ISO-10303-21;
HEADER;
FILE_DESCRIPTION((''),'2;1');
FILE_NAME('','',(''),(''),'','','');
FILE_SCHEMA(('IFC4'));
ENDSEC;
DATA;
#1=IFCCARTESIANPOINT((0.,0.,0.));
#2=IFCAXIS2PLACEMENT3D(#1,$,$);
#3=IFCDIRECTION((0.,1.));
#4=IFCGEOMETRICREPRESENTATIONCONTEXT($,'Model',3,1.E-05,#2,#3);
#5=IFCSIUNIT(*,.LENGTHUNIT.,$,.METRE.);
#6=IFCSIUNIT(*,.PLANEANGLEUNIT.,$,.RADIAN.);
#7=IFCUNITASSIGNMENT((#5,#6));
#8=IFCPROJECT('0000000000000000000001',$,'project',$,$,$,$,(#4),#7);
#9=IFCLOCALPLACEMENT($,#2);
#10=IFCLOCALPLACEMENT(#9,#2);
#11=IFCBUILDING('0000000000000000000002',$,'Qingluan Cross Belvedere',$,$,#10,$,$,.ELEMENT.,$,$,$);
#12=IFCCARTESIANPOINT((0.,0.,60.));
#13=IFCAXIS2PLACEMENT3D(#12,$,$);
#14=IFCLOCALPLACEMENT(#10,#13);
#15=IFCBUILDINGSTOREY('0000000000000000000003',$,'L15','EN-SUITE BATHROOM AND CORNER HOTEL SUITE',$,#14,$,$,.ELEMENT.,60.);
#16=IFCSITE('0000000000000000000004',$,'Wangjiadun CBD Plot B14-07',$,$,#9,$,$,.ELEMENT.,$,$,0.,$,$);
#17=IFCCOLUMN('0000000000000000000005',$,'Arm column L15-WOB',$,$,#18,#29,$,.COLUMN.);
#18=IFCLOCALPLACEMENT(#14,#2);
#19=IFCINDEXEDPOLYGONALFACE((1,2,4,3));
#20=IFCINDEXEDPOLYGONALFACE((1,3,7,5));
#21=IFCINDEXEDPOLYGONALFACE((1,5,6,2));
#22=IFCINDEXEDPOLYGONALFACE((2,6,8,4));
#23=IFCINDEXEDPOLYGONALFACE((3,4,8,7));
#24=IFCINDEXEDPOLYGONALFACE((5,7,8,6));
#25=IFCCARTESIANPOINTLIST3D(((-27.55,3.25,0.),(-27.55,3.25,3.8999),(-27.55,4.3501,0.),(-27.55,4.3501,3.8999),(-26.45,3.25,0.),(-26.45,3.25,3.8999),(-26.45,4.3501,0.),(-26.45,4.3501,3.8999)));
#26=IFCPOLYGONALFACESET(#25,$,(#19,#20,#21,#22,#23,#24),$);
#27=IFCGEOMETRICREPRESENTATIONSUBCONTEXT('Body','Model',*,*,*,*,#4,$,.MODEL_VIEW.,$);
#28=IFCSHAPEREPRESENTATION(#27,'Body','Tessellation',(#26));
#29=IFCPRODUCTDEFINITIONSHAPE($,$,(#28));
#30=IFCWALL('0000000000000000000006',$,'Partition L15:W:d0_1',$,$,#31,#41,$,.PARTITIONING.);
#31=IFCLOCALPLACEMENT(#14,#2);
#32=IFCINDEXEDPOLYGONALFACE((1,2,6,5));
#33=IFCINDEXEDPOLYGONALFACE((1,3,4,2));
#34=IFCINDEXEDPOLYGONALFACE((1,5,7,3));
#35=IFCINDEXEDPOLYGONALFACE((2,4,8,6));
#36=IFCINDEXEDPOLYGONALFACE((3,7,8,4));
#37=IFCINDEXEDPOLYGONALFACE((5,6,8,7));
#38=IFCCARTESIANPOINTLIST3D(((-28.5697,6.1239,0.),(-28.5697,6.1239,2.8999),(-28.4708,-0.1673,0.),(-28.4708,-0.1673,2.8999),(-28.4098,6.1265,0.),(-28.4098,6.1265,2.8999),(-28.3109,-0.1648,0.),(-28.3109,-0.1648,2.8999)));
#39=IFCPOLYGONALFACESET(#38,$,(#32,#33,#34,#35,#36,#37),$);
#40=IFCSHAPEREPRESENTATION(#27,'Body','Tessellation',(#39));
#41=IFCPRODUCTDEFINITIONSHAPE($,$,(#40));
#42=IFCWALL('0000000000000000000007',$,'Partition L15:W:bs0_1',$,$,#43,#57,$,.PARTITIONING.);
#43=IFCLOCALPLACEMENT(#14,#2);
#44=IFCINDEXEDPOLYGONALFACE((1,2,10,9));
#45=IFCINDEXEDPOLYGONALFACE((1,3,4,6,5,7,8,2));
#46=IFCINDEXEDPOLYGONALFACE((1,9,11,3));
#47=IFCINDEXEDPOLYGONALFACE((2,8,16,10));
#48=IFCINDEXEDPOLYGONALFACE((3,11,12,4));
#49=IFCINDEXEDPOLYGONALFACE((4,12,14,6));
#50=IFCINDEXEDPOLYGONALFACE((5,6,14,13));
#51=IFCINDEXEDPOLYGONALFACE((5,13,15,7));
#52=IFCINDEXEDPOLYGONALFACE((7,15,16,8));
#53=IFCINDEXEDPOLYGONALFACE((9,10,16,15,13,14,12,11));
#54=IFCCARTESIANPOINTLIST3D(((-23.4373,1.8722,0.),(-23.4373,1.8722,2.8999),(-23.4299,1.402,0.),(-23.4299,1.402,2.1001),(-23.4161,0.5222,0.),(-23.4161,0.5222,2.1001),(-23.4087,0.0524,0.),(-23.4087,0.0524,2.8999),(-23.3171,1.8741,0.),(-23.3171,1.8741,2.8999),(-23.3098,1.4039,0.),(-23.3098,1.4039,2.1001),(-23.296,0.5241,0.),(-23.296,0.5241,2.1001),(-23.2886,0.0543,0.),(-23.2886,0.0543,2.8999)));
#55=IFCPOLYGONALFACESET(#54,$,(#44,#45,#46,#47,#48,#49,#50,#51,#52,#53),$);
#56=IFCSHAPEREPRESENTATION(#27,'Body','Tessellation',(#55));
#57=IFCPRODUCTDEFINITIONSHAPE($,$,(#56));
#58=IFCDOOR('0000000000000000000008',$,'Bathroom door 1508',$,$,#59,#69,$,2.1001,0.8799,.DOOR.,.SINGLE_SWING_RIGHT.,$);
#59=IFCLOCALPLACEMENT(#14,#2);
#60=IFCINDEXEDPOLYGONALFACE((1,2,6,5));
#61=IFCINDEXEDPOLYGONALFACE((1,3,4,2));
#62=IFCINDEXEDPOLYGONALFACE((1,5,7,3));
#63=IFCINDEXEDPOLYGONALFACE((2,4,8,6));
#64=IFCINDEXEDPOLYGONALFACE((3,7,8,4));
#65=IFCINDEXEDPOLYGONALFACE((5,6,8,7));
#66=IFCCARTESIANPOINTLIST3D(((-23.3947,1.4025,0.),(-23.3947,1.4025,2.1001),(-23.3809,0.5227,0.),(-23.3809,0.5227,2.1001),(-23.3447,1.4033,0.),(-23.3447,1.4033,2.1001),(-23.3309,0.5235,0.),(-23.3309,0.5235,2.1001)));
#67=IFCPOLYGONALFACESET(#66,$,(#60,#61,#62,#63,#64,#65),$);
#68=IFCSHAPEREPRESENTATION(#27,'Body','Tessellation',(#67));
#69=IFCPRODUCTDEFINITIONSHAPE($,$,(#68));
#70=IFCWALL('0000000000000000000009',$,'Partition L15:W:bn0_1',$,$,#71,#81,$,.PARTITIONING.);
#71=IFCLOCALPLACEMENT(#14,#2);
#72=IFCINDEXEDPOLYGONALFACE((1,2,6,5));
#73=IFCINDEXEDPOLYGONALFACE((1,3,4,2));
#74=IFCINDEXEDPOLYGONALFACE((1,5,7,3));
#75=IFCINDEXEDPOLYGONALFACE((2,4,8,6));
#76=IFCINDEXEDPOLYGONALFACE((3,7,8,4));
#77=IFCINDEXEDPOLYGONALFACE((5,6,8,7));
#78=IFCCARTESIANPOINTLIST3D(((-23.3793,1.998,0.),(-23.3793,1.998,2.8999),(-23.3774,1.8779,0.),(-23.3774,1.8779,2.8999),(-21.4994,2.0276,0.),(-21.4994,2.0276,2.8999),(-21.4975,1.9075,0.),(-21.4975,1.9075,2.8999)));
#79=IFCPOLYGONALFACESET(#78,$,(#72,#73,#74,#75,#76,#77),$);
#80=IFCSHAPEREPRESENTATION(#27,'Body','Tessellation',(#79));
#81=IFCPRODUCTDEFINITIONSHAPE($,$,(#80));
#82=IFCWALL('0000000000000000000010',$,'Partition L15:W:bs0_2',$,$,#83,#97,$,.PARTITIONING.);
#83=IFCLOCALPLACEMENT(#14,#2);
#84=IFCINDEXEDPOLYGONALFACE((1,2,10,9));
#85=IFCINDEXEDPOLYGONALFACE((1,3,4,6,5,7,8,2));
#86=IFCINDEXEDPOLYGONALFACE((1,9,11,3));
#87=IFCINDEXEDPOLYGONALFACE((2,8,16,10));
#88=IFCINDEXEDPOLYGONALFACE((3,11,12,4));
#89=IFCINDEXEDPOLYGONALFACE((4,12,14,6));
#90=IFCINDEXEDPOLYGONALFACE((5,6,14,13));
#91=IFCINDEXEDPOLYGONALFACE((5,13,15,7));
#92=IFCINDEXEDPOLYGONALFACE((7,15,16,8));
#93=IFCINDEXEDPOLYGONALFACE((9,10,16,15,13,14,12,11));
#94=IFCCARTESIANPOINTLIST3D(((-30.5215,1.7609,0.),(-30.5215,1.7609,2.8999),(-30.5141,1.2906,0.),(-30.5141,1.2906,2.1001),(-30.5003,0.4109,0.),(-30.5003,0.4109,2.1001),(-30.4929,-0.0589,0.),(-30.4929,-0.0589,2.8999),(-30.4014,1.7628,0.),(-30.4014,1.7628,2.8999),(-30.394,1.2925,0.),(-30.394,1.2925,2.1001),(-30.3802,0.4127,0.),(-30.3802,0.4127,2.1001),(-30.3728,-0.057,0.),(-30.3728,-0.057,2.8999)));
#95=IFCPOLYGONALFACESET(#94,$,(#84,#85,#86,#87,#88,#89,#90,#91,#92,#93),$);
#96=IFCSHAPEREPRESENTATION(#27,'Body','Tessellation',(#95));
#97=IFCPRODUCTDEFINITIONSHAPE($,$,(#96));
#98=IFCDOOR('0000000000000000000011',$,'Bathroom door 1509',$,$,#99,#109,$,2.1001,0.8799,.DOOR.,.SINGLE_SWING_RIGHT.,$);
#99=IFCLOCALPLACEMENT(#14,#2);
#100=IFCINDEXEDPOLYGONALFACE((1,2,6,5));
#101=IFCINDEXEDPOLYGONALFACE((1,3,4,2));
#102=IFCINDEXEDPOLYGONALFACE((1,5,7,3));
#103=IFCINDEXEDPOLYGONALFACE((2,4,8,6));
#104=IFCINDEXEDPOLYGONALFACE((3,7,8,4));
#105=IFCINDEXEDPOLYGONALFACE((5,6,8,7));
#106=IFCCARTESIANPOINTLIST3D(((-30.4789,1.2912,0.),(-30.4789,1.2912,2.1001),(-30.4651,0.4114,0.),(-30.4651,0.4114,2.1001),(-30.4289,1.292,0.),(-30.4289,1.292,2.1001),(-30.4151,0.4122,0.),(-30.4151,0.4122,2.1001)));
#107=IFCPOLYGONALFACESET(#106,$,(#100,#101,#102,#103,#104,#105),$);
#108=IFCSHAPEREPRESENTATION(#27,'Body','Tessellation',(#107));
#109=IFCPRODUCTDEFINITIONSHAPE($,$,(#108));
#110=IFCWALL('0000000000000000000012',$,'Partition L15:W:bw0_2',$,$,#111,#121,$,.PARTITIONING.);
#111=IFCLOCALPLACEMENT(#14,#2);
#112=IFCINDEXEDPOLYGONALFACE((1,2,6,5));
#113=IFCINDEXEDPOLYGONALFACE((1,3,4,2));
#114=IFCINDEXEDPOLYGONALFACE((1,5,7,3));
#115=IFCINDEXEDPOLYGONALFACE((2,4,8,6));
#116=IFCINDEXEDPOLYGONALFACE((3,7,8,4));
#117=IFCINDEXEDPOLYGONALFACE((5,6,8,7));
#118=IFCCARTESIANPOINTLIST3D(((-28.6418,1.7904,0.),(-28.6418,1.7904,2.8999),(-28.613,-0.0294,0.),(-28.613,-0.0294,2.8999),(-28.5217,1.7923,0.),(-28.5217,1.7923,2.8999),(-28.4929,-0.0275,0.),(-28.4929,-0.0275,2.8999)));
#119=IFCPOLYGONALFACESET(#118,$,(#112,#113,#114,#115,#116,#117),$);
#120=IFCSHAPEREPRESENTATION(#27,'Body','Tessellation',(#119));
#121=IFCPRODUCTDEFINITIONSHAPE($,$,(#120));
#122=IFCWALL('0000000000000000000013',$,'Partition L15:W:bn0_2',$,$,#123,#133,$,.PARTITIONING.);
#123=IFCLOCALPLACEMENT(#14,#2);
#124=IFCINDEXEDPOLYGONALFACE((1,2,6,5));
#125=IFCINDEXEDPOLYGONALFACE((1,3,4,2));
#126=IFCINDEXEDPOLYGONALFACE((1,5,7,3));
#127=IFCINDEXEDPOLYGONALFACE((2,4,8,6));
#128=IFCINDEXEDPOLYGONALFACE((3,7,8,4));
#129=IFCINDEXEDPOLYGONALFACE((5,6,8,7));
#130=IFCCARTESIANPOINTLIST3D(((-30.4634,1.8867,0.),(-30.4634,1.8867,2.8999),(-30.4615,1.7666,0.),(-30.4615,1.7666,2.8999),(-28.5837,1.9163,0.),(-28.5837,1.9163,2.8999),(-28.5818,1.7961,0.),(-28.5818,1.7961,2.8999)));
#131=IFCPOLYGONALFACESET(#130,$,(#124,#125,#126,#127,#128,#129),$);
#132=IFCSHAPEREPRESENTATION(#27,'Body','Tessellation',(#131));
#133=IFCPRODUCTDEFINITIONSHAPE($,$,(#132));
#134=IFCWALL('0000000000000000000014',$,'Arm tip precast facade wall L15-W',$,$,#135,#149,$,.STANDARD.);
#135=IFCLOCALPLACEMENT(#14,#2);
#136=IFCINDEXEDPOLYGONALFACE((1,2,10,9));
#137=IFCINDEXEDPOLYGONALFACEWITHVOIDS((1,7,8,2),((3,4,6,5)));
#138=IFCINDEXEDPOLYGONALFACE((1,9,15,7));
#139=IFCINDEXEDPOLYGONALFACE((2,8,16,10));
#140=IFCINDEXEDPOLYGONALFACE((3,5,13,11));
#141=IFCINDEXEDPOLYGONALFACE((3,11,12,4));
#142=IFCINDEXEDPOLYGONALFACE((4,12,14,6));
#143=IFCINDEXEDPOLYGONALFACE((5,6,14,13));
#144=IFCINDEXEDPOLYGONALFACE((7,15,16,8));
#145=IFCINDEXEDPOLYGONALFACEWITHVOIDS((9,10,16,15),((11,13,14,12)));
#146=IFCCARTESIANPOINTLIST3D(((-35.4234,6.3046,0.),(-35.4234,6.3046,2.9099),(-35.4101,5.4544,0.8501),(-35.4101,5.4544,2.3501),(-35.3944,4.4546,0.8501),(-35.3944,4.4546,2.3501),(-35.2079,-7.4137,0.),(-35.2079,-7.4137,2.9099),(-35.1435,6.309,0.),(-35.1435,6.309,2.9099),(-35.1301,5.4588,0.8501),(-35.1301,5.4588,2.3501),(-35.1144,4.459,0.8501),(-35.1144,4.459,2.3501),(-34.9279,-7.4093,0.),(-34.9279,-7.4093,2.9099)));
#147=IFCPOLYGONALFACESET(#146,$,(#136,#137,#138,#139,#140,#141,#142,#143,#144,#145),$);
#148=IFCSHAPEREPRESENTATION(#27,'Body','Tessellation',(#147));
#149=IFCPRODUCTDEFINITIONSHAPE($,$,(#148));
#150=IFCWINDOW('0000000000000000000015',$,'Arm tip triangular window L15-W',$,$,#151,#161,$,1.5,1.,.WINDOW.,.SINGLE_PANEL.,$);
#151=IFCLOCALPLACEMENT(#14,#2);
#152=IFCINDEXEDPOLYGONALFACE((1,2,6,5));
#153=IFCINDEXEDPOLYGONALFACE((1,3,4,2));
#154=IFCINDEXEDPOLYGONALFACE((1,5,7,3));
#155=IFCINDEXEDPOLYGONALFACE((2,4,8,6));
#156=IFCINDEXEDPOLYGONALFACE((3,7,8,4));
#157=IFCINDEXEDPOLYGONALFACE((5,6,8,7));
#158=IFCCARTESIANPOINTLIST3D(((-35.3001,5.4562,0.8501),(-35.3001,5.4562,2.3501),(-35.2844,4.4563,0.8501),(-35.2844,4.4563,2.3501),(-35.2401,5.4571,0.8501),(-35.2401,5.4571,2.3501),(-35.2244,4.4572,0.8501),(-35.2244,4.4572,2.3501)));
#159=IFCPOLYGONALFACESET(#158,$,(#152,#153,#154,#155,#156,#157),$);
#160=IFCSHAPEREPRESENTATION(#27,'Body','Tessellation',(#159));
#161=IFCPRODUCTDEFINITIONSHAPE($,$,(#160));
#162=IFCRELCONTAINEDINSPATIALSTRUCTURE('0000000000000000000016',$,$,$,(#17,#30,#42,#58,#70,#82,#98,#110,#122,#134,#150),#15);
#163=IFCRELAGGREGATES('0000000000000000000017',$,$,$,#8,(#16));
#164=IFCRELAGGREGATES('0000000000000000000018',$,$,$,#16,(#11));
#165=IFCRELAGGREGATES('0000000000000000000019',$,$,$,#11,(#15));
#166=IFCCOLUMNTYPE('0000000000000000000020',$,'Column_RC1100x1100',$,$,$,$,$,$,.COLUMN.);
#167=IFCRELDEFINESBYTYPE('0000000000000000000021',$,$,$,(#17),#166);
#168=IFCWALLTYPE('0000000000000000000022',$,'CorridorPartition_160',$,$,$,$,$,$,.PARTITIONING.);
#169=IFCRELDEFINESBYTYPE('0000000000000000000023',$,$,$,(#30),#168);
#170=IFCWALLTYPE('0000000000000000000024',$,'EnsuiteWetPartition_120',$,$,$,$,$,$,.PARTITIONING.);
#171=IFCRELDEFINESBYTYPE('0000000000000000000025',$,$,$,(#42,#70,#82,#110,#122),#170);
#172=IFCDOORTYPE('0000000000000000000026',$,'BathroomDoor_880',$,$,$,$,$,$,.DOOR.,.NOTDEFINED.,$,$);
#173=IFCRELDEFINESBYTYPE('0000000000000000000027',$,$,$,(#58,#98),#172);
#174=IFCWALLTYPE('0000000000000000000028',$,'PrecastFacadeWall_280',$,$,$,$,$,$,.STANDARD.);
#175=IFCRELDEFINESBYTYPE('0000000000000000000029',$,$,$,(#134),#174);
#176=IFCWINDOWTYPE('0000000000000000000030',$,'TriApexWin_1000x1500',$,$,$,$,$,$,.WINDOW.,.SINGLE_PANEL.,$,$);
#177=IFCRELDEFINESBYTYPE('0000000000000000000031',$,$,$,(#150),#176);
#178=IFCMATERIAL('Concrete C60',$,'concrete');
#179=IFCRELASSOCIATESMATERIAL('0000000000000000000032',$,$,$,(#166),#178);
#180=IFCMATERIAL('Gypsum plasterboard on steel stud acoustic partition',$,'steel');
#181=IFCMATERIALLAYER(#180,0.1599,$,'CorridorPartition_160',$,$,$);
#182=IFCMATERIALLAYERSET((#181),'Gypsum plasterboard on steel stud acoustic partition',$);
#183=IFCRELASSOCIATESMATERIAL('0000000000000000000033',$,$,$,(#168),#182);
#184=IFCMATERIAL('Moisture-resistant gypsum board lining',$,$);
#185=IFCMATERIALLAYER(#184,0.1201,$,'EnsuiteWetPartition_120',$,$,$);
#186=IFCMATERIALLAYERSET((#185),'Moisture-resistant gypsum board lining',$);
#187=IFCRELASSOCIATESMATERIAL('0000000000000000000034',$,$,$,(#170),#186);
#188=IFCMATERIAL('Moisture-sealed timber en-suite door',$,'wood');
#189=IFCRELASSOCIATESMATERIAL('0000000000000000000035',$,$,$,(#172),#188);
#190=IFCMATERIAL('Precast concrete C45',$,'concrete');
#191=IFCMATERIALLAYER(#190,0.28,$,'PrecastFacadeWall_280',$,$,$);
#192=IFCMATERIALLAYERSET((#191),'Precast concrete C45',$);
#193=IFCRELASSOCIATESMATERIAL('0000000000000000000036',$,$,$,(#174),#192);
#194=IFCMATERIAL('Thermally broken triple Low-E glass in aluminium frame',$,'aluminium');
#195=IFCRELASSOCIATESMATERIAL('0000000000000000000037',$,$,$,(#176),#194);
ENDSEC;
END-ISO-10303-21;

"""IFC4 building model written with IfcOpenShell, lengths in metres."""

from ifc_helpers import new_model, si_unit, direction, frame, frame_2d, origin, origin_2d, place, context, subcontext, project, spatial, rectangle, extrude, material, layer, layer_set, material_profile, profile_set, type_object, element, fill, save


model = new_model("IFC4")

# Units and contexts
model_context = context("Model", 3, precision=1e-05, world=origin(), true_north=direction((0.0, 1.0)))
body_context = subcontext(model_context, "Body", "Model", "MODEL_VIEW")
ifc_project = project(units=[si_unit("LENGTHUNIT", "METRE"), si_unit("PLANEANGLEUNIT", "RADIAN")], contexts=[model_context])

# Site, building, storey
site_placement = place(None, origin())
site = spatial("IfcSite", under=ifc_project, at=site_placement, Name="Wangjiadun CBD Plot B14-07", CompositionType="ELEMENT", RefElevation=0.0)
building_placement = place(site_placement, origin())
building = spatial("IfcBuilding", under=site, at=building_placement, Name="Qingluan Cross Belvedere", CompositionType="ELEMENT")
storey_placement = place(building_placement, frame((0.0, 0.0, 60.0)))
storey = spatial("IfcBuildingStorey", under=building, at=storey_placement, Name="L15", Description="EN-SUITE BATHROOM AND CORNER HOTEL SUITE", CompositionType="ELEMENT", Elevation=60.0)

# Column
ifc_material_1 = material(Name="Concrete C60", Category="concrete")
ifc_material_profile = material_profile(ifc_material_1, rectangle(XDim=1.1001, YDim=1.1001, at=origin_2d()), Name="RC1100x1100")
ifc_profile_set = profile_set([ifc_material_profile], Name="Concrete C60")
column_type = type_object("IfcColumnType", Name="Column_RC1100x1100", PredefinedType="COLUMN", material=ifc_profile_set)
column_placement = place(storey_placement, frame((-27.0, 3.8, 0.0), z_axis=(0.0, 0.0, 1.0), x_axis=(1.0, 0.0, 0.0)))
element("IfcColumn", 1, at=column_placement, inside=storey, type_object=column_type, Name="Arm column L15-WOB", PredefinedType="COLUMN", context=body_context, shape_type="SweptSolid", body=[
    extrude(rectangle(XDim=1.1001, YDim=1.1001, at=origin_2d()), origin(), (0.0, 0.0, 1.0), 3.8999),
])

# Wall
ifc_material_2 = material(Name="Gypsum plasterboard on steel stud acoustic partition", Category="steel")
ifc_layer_1 = layer(ifc_material_2, 0.1599, Name="CorridorPartition_160")
ifc_layer_set_1 = layer_set([ifc_layer_1], Name="Gypsum plasterboard on steel stud acoustic partition")
wall_type_1 = type_object("IfcWallType", Name="CorridorPartition_160", PredefinedType="PARTITIONING", material=ifc_layer_set_1)
wall_1_placement = place(storey_placement, frame((-28.3909, -0.166, 0.0), z_axis=(0.0, 0.0, 1.0), x_axis=(-0.015715, 0.999877, 0.0)))
element("IfcWall", 2, at=wall_1_placement, inside=storey, type_object=wall_type_1, Name="Partition L15:W:d0_1", PredefinedType="PARTITIONING", context=body_context, shape_type="SweptSolid", body=[
    extrude(rectangle(XDim=6.292, YDim=0.1599, at=frame_2d((3.146, 0.0))), origin(), (0.0, 0.0, 1.0), 2.8999),
])

# Wall, opening, door
ifc_material_3 = material(Name="Moisture-resistant gypsum board lining")
ifc_layer_2 = layer(ifc_material_3, 0.1201, Name="EnsuiteWetPartition_120")
ifc_layer_set_2 = layer_set([ifc_layer_2], Name="Moisture-resistant gypsum board lining")
wall_type_2 = type_object("IfcWallType", Name="EnsuiteWetPartition_120", PredefinedType="PARTITIONING", material=ifc_layer_set_2)
wall_2_placement = place(storey_placement, frame((-23.3486, 0.0532, 0.0), z_axis=(0.0, 0.0, 1.0), x_axis=(-0.015694, 0.999877, 0.0)))
wall_2 = element("IfcWall", 3, at=wall_2_placement, inside=storey, type_object=wall_type_2, Name="Partition L15:W:bs0_1", PredefinedType="PARTITIONING", context=body_context, shape_type="SweptSolid", body=[
    extrude(rectangle(XDim=1.8201, YDim=0.1201, at=frame_2d((0.9102, 0.0))), origin(), (0.0, 0.0, 1.0), 2.8999),
])
opening_1_placement = place(wall_2_placement, frame((0.47, 0.0, 0.0)))
opening_1 = element("IfcOpeningElement", 4, at=opening_1_placement, cuts=wall_2, PredefinedType="OPENING", context=body_context, shape_type="SweptSolid", body=[
    extrude(rectangle(XDim=0.8799, YDim=2.1001, at=frame_2d((0.4399, 1.05))), frame((0.0, 0.0701, 0.0), z_axis=(0.0, -1.0, 0.0), x_axis=(1.0, 0.0, 0.0)), (0.0, 0.0, 1.0), 0.1401),
])
ifc_material_4 = material(Name="Moisture-sealed timber en-suite door", Category="wood")
door_type = type_object("IfcDoorType", Name="BathroomDoor_880", OperationType="NOTDEFINED", PredefinedType="DOOR", material=ifc_material_4)
door_1_placement = place(opening_1_placement, origin())
door_1 = element("IfcDoor", 5, at=door_1_placement, inside=storey, type_object=door_type, Name="Bathroom door 1508", OperationType="SINGLE_SWING_RIGHT", OverallHeight=2.1001, OverallWidth=0.8799, PredefinedType="DOOR", context=body_context, shape_type="SweptSolid", body=[
    extrude(rectangle(XDim=0.8799, YDim=2.1001, at=frame_2d((0.4399, 1.05))), frame((0.0, 0.0249, 0.0), z_axis=(0.0, -1.0, 0.0), x_axis=(1.0, 0.0, 0.0)), (0.0, 0.0, 1.0), 0.05),
])
fill(opening_1, door_1)

# Wall
wall_3_placement = place(storey_placement, frame((-21.4985, 1.9675, 0.0), z_axis=(0.0, 0.0, 1.0), x_axis=(-0.999877, -0.015712, 0.0)))
element("IfcWall", 6, at=wall_3_placement, inside=storey, type_object=wall_type_2, Name="Partition L15:W:bn0_1", PredefinedType="PARTITIONING", context=body_context, shape_type="SweptSolid", body=[
    extrude(rectangle(XDim=1.8801, YDim=0.1201, at=frame_2d((0.9399, 0.0))), origin(), (0.0, 0.0, 1.0), 2.8999),
])

# Wall, opening, door
wall_4_placement = place(storey_placement, frame((-30.4329, -0.0581, 0.0), z_axis=(0.0, 0.0, 1.0), x_axis=(-0.015694, 0.999877, 0.0)))
wall_4 = element("IfcWall", 7, at=wall_4_placement, inside=storey, type_object=wall_type_2, Name="Partition L15:W:bs0_2", PredefinedType="PARTITIONING", context=body_context, shape_type="SweptSolid", body=[
    extrude(rectangle(XDim=1.8201, YDim=0.1201, at=frame_2d((0.9102, 0.0))), origin(), (0.0, 0.0, 1.0), 2.8999),
])
opening_2_placement = place(wall_4_placement, frame((0.47, 0.0, 0.0)))
opening_2 = element("IfcOpeningElement", 8, at=opening_2_placement, cuts=wall_4, PredefinedType="OPENING", context=body_context, shape_type="SweptSolid", body=[
    extrude(rectangle(XDim=0.8799, YDim=2.1001, at=frame_2d((0.4399, 1.05))), frame((0.0, 0.0701, 0.0), z_axis=(0.0, -1.0, 0.0), x_axis=(1.0, 0.0, 0.0)), (0.0, 0.0, 1.0), 0.1401),
])
door_2_placement = place(opening_2_placement, origin())
door_2 = element("IfcDoor", 9, at=door_2_placement, inside=storey, type_object=door_type, Name="Bathroom door 1509", OperationType="SINGLE_SWING_RIGHT", OverallHeight=2.1001, OverallWidth=0.8799, PredefinedType="DOOR", context=body_context, shape_type="SweptSolid", body=[
    extrude(rectangle(XDim=0.8799, YDim=2.1001, at=frame_2d((0.4399, 1.05))), frame((0.0, 0.0249, 0.0), z_axis=(0.0, -1.0, 0.0), x_axis=(1.0, 0.0, 0.0)), (0.0, 0.0, 1.0), 0.05),
])
fill(opening_2, door_2)

# Walls
wall_5_placement = place(storey_placement, frame((-28.553, -0.0286, 0.0), z_axis=(0.0, 0.0, 1.0), x_axis=(-0.015828, 0.999875, 0.0)))
element("IfcWall", 10, at=wall_5_placement, inside=storey, type_object=wall_type_2, Name="Partition L15:W:bw0_2", PredefinedType="PARTITIONING", context=body_context, shape_type="SweptSolid", body=[
    extrude(rectangle(XDim=1.8201, YDim=0.1201, at=frame_2d((0.9102, 0.0))), origin(), (0.0, 0.0, 1.0), 2.8999),
])
wall_6_placement = place(storey_placement, frame((-28.5828, 1.8562, 0.0), z_axis=(0.0, 0.0, 1.0), x_axis=(-0.999877, -0.015714, 0.0)))
element("IfcWall", 11, at=wall_6_placement, inside=storey, type_object=wall_type_2, Name="Partition L15:W:bn0_2", PredefinedType="PARTITIONING", context=body_context, shape_type="SweptSolid", body=[
    extrude(rectangle(XDim=1.8799, YDim=0.1201, at=frame_2d((0.9399, 0.0))), origin(), (0.0, 0.0, 1.0), 2.8999),
])

# Wall, opening, window
ifc_material_5 = material(Name="Precast concrete C45", Category="concrete")
ifc_layer_3 = layer(ifc_material_5, 0.28, Name="PrecastFacadeWall_280")
ifc_layer_set_3 = layer_set([ifc_layer_3], Name="Precast concrete C45")
wall_type_3 = type_object("IfcWallType", Name="PrecastFacadeWall_280", PredefinedType="STANDARD", material=ifc_layer_set_3)
wall_7_placement = place(storey_placement, frame((-35.2834, 6.3066, 0.0), z_axis=(0.0, 0.0, 1.0), x_axis=(0.015713, -0.999877, 0.0)))
wall_7 = element("IfcWall", 12, at=wall_7_placement, inside=storey, type_object=wall_type_3, Name="Arm tip precast facade wall L15-W", PredefinedType="STANDARD", context=body_context, shape_type="SweptSolid", body=[
    extrude(rectangle(XDim=13.72, YDim=0.28, at=frame_2d((6.8599, 0.0))), origin(), (0.0, 0.0, 1.0), 2.9099),
])
opening_3_placement = place(wall_7_placement, frame((0.8501, 0.0, 0.8501)))
opening_3 = element("IfcOpeningElement", 13, at=opening_3_placement, cuts=wall_7, PredefinedType="OPENING", context=body_context, shape_type="SweptSolid", body=[
    extrude(rectangle(XDim=1.0, YDim=1.5, at=frame_2d((0.5, 0.75))), frame((0.0, 0.1499, 0.0), z_axis=(0.0, -1.0, 0.0), x_axis=(1.0, 0.0, 0.0)), (0.0, 0.0, 1.0), 0.3),
])
ifc_material_6 = material(Name="Thermally broken triple Low-E glass in aluminium frame", Category="aluminium")
window_type = type_object("IfcWindowType", Name="TriApexWin_1000x1500", PartitioningType="SINGLE_PANEL", PredefinedType="WINDOW", material=ifc_material_6)
window_placement = place(opening_3_placement, origin())
window = element("IfcWindow", 14, at=window_placement, inside=storey, type_object=window_type, Name="Arm tip triangular window L15-W", OverallHeight=1.5, OverallWidth=1.0, PartitioningType="SINGLE_PANEL", PredefinedType="WINDOW", context=body_context, shape_type="SweptSolid", body=[
    extrude(rectangle(XDim=1.0, YDim=1.5, at=frame_2d((0.5, 0.75))), frame((0.0, 0.03, 0.0), z_axis=(0.0, -1.0, 0.0), x_axis=(1.0, 0.0, 0.0)), (0.0, 0.0, 1.0), 0.0601),
])
fill(opening_3, window)

save(model, "model.ifc")
